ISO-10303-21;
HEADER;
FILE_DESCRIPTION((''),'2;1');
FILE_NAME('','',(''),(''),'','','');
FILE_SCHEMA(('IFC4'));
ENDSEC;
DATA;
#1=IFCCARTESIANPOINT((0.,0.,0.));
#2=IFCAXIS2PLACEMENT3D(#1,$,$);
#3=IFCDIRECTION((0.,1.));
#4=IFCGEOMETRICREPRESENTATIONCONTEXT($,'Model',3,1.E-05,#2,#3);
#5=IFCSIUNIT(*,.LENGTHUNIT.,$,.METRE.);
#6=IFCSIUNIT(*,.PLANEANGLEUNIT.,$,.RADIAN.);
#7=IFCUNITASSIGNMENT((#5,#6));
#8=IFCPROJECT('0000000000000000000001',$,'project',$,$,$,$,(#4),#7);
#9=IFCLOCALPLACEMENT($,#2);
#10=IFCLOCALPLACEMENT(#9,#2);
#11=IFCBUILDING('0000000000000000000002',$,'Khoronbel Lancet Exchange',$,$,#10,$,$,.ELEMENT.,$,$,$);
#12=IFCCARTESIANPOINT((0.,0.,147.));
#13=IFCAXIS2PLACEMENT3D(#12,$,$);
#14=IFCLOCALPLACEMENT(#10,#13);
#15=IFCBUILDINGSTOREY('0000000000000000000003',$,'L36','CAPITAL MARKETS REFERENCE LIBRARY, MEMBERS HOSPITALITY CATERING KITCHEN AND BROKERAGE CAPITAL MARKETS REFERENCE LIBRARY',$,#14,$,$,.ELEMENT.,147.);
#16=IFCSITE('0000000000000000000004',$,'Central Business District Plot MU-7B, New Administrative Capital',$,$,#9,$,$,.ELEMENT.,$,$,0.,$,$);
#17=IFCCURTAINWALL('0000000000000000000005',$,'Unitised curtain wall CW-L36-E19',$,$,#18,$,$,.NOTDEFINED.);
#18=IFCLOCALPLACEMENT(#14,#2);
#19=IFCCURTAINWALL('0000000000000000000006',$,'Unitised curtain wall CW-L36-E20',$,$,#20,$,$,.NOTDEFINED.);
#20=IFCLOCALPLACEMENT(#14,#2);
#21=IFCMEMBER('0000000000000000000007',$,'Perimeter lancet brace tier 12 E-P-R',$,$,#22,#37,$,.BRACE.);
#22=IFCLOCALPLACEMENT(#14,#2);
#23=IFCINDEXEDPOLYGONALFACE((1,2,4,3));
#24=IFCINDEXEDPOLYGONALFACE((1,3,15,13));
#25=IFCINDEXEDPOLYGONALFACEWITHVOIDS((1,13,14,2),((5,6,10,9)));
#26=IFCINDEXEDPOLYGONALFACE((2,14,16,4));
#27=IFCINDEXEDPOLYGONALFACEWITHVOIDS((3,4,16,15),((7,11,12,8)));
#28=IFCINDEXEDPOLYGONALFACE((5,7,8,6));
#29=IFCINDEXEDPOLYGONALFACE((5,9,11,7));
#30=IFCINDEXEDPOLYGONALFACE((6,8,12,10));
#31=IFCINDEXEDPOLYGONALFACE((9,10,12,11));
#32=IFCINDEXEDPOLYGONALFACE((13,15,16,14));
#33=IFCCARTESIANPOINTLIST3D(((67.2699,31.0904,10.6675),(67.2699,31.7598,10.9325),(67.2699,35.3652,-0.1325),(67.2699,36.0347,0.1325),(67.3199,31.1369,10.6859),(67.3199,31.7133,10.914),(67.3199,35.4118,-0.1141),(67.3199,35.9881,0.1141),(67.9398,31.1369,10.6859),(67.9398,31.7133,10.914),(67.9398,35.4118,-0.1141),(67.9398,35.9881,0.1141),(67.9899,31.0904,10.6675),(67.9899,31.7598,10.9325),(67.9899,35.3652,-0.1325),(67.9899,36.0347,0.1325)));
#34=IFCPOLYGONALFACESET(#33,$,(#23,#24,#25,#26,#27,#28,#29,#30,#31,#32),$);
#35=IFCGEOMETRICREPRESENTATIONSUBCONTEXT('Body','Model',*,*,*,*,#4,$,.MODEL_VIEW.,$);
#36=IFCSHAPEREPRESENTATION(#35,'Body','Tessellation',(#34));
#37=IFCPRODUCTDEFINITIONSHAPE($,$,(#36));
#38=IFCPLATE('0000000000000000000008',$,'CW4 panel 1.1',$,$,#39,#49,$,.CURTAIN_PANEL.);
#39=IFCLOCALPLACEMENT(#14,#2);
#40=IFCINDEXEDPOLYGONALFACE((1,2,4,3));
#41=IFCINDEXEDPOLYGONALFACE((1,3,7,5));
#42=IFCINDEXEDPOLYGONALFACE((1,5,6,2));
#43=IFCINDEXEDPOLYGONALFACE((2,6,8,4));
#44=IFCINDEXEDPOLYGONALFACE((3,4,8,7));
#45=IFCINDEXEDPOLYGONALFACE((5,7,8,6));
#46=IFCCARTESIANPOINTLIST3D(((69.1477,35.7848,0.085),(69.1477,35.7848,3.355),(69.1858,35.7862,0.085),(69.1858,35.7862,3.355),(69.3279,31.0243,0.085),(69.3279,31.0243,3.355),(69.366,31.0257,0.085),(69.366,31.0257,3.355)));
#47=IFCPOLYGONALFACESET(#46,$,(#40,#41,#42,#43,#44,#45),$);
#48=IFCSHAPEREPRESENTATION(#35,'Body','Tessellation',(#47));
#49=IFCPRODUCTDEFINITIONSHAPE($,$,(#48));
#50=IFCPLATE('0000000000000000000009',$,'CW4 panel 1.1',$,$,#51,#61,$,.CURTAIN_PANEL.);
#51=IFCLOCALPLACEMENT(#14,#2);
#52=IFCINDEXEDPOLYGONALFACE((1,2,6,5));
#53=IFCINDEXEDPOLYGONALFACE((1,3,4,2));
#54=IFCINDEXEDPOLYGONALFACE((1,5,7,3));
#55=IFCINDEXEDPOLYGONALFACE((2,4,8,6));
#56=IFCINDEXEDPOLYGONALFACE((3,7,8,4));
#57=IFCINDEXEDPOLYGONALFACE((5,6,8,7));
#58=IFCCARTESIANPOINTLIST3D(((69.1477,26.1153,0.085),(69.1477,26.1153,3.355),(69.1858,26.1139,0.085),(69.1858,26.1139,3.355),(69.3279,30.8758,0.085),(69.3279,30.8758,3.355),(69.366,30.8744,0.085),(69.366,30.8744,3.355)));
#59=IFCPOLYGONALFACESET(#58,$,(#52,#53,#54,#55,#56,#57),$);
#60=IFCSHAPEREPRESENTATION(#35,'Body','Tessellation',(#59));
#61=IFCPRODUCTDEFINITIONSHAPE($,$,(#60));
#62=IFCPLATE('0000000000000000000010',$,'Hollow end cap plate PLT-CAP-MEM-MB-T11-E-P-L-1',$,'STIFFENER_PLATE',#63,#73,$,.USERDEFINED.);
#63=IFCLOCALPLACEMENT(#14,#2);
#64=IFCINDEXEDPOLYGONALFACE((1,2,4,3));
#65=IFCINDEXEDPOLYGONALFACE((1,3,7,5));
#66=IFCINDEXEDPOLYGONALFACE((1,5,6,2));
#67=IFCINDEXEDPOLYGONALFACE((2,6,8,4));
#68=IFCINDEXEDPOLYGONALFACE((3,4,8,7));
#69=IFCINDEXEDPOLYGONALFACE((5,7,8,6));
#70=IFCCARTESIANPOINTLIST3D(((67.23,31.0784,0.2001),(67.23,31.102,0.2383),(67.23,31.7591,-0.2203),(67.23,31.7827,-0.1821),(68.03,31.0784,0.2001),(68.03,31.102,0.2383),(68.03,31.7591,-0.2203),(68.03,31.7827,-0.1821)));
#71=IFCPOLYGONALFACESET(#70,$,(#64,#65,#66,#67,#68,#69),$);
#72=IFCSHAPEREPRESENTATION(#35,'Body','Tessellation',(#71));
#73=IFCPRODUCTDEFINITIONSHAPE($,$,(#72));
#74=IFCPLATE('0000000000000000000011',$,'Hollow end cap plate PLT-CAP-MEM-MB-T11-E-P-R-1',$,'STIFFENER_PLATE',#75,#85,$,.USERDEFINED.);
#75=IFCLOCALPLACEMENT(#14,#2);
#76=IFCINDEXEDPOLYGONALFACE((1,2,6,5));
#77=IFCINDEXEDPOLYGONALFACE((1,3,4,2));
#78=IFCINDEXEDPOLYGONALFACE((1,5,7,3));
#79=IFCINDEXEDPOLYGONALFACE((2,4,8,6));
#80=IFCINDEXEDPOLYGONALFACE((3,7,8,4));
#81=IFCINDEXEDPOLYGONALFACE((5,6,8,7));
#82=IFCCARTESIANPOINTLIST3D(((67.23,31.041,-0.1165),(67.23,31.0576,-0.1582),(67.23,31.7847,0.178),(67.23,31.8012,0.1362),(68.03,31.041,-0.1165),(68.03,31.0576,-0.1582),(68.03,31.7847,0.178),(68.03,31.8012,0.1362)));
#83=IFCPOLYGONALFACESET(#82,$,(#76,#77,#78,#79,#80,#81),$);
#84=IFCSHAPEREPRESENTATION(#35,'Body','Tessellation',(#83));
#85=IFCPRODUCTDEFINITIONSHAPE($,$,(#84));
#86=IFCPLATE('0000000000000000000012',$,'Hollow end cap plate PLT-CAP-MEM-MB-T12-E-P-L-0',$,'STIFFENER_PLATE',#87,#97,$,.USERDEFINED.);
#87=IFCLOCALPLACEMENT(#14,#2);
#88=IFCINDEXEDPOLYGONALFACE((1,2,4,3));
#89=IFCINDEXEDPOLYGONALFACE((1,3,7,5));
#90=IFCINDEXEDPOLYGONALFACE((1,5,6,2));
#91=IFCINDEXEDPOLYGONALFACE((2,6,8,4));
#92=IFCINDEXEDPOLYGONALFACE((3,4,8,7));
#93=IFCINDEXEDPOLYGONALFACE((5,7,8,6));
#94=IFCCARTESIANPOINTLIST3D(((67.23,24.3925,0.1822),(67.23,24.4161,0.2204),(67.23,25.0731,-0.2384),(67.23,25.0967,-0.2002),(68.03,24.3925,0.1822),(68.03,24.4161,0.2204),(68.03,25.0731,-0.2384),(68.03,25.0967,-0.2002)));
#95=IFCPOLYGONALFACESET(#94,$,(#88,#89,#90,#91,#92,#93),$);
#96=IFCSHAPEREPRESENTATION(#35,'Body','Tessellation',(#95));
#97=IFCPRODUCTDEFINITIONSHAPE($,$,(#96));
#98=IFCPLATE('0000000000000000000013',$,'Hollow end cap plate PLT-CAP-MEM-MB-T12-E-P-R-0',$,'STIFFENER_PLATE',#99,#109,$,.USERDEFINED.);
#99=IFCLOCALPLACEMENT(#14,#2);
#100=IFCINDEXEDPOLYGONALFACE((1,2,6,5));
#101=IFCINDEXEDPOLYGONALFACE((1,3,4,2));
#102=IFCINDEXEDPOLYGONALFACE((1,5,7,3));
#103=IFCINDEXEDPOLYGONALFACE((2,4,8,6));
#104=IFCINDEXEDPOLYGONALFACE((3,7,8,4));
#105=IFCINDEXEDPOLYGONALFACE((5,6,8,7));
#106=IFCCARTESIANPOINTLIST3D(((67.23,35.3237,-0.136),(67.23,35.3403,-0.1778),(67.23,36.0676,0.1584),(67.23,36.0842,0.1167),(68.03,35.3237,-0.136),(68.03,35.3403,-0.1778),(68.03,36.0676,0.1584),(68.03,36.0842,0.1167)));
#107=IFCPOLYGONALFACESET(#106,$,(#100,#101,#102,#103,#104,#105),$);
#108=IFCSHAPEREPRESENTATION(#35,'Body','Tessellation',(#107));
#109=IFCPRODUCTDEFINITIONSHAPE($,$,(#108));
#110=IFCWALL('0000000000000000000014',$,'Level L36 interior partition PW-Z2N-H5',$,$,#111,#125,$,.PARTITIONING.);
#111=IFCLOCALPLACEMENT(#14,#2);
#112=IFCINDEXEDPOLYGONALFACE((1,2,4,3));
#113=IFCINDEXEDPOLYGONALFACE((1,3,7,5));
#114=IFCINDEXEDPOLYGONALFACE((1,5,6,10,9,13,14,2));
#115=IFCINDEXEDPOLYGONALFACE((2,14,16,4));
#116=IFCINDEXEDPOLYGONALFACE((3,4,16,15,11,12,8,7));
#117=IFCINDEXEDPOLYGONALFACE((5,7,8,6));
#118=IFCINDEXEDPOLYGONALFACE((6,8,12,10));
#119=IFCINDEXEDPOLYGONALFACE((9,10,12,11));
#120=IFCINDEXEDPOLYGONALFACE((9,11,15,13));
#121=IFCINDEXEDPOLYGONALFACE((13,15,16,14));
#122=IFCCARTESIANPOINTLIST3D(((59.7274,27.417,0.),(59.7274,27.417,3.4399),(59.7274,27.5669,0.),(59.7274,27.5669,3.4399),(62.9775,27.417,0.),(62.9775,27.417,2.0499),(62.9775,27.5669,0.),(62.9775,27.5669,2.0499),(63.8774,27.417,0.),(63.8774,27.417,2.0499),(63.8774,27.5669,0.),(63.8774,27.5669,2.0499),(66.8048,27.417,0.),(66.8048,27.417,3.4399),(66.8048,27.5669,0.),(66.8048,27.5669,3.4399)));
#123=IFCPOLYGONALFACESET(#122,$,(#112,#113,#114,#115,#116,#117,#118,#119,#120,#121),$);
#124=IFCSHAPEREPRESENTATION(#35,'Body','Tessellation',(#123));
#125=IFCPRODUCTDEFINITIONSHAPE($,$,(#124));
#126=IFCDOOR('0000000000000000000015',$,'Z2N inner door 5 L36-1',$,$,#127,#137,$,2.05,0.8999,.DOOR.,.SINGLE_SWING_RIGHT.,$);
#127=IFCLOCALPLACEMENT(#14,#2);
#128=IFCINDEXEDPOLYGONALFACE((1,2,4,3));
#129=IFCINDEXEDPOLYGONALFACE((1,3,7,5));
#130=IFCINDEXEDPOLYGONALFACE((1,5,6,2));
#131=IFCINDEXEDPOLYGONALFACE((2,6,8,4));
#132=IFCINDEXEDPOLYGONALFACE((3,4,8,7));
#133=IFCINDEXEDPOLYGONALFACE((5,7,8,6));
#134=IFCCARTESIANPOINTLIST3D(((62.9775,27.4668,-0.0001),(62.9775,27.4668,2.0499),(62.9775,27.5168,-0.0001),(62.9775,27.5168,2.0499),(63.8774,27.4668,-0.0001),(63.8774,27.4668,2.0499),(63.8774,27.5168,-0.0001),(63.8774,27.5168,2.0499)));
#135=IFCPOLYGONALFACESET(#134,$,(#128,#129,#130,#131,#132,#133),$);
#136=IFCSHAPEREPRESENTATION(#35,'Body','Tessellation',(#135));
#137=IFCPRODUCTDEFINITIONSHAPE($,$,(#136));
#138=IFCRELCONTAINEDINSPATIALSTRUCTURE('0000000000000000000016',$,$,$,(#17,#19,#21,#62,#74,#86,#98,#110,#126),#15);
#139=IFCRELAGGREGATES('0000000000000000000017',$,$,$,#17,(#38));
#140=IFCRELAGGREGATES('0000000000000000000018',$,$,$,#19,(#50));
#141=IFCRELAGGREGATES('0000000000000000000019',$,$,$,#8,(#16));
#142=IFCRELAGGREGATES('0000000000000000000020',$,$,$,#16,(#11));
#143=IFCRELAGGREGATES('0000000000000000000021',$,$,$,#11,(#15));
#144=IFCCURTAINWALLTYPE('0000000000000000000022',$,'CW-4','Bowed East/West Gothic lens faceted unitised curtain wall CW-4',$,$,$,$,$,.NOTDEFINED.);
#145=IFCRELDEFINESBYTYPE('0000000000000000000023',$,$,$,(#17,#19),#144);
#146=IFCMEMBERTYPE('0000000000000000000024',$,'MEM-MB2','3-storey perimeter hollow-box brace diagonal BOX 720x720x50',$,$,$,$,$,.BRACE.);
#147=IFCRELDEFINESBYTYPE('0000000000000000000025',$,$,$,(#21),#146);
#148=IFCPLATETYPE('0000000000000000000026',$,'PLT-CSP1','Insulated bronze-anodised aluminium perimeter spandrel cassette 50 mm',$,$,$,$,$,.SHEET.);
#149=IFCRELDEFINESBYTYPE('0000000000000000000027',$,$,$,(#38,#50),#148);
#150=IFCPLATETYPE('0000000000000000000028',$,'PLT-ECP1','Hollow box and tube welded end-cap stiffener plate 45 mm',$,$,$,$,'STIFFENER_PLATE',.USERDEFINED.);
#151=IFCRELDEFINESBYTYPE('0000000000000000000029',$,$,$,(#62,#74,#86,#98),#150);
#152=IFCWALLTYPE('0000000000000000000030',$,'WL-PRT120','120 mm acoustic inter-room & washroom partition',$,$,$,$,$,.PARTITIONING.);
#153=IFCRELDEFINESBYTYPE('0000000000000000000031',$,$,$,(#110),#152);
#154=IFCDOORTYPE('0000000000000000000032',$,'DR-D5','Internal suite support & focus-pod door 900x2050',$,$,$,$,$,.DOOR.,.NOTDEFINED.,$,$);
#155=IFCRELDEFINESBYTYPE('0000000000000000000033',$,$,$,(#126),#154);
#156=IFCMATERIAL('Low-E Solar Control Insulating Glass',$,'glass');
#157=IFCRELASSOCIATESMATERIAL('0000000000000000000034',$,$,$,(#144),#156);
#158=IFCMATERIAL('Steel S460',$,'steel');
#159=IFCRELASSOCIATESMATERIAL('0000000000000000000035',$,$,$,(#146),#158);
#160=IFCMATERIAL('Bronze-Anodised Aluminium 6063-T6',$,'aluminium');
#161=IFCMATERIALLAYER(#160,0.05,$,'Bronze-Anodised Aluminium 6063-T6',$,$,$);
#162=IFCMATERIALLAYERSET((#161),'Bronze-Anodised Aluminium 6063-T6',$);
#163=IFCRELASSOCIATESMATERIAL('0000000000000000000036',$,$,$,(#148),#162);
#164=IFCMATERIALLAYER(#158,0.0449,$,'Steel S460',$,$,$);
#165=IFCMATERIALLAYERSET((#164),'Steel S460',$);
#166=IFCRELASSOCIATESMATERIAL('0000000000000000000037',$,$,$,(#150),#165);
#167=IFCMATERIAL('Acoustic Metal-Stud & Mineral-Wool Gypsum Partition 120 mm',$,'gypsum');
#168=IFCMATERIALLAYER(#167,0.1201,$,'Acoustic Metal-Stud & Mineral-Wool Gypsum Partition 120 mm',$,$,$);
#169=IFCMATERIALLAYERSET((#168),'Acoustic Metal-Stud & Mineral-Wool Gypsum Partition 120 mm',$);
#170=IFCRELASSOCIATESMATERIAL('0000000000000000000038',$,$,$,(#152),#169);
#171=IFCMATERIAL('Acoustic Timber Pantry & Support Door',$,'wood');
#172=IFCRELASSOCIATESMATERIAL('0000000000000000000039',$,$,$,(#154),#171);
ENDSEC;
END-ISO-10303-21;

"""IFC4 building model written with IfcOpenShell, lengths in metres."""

from ifc_helpers import new_model, si_unit, direction, frame, frame_2d, origin, origin_2d, place, context, subcontext, project, spatial, polyline, rectangle, hollow_rectangle, outline, extrude, material, layer, layer_set, material_profile, profile_set, type_object, element, fill, aggregate, save


model = new_model("IFC4")

# Units and contexts
model_context = context("Model", 3, precision=1e-05, world=origin(), true_north=direction((0.0, 1.0)))
body_context = subcontext(model_context, "Body", "Model", "MODEL_VIEW")
ifc_project = project(units=[si_unit("LENGTHUNIT", "METRE"), si_unit("PLANEANGLEUNIT", "RADIAN")], contexts=[model_context])

# Site, building, storey
site_placement = place(None, origin())
site = spatial("IfcSite", under=ifc_project, at=site_placement, Name="Central Business District Plot MU-7B, New Administrative Capital", CompositionType="ELEMENT", RefElevation=0.0)
building_placement = place(site_placement, origin())
building = spatial("IfcBuilding", under=site, at=building_placement, Name="Khoronbel Lancet Exchange", CompositionType="ELEMENT")
storey_placement = place(building_placement, frame((0.0, 0.0, 147.0)))
storey = spatial("IfcBuildingStorey", under=building, at=storey_placement, Name="L36", Description="CAPITAL MARKETS REFERENCE LIBRARY, MEMBERS HOSPITALITY CATERING KITCHEN AND BROKERAGE CAPITAL MARKETS REFERENCE LIBRARY", CompositionType="ELEMENT", Elevation=147.0)

# Shared definitions
ifc_material_1 = material(Name="Steel S460", Category="steel")

# Curtain wall
ifc_material_2 = material(Name="Low-E Solar Control Insulating Glass", Category="glass")
curtain_wall_type = type_object("IfcCurtainWallType", Name="CW-4", Description="Bowed East/West Gothic lens faceted unitised curtain wall CW-4", PredefinedType="NOTDEFINED", material=ifc_material_2)
curtain_wall_1_placement = place(storey_placement, origin())
curtain_wall_1 = element("IfcCurtainWall", 1, at=curtain_wall_1_placement, inside=storey, type_object=curtain_wall_type, Name="Unitised curtain wall CW-L36-E19", PredefinedType="NOTDEFINED")
ifc_material_3 = material(Name="Bronze-Anodised Aluminium 6063-T6", Category="aluminium")

# Curtain wall
curtain_wall_2_placement = place(storey_placement, origin())
curtain_wall_2 = element("IfcCurtainWall", 2, at=curtain_wall_2_placement, inside=storey, type_object=curtain_wall_type, Name="Unitised curtain wall CW-L36-E20", PredefinedType="NOTDEFINED")

# Member
ifc_material_profile_1 = material_profile(ifc_material_1, hollow_rectangle(XDim=0.72, YDim=0.72, WallThickness=0.05, at=origin_2d()), Name="BOX 720x720x50")
ifc_profile_set_1 = profile_set([ifc_material_profile_1], Name="Steel S460")
member_type_1 = type_object("IfcMemberType", Name="MEM-MB2", Description="3-storey perimeter hollow-box brace diagonal BOX 720x720x50", PredefinedType="BRACE", material=ifc_profile_set_1)
member_1_placement = place(storey_placement, frame((67.6299, 35.7, 0.0), z_axis=(0.0, -0.36804, 0.92981), x_axis=(1.0, 0.0, 0.0)))
element("IfcMember", 3, at=member_1_placement, inside=storey, type_object=member_type_1, Name="Perimeter lancet brace tier 12 E-P-R", PredefinedType="BRACE", context=body_context, shape_type="SweptSolid", body=[
    extrude(hollow_rectangle(XDim=0.72, YDim=0.72, WallThickness=0.05, at=origin_2d()), origin(), (0.0, 0.0, 1.0), 11.6152),
])

# Plates
ifc_layer_1 = layer(ifc_material_3, 0.05, Name="Bronze-Anodised Aluminium 6063-T6")
ifc_layer_set_1 = layer_set([ifc_layer_1], Name="Bronze-Anodised Aluminium 6063-T6")
plate_type_1 = type_object("IfcPlateType", Name="PLT-CSP1", Description="Insulated bronze-anodised aluminium perimeter spandrel cassette 50 mm", PredefinedType="SHEET", material=ifc_layer_set_1)
plate_1_placement = place(storey_placement, frame((69.2568, 33.4053, 0.085), z_axis=(0.0, 0.0, 1.0), x_axis=(0.037831, -0.999284, 0.0)))
plate_1 = element("IfcPlate", 4, at=plate_1_placement, type_object=plate_type_1, Name="CW4 panel 1.1", PredefinedType="CURTAIN_PANEL", context=body_context, shape_type="SweptSolid", body=[
    extrude(rectangle(XDim=4.7639, YDim=0.0381, at=origin_2d()), origin(), (0.0, 0.0, 1.0), 3.27),
])
aggregate(curtain_wall_1, [plate_1])
plate_2_placement = place(storey_placement, frame((69.2568, 28.4949, 0.085), z_axis=(0.0, 0.0, 1.0), x_axis=(-0.037831, -0.999284, 0.0)))
plate_2 = element("IfcPlate", 5, at=plate_2_placement, type_object=plate_type_1, Name="CW4 panel 1.1", PredefinedType="CURTAIN_PANEL", context=body_context, shape_type="SweptSolid", body=[
    extrude(rectangle(XDim=4.7639, YDim=0.0381, at=origin_2d()), origin(), (0.0, 0.0, 1.0), 3.27),
])
aggregate(curtain_wall_2, [plate_2])

# Plates
ifc_layer_2 = layer(ifc_material_1, 0.0449, Name="Steel S460")
ifc_layer_set_2 = layer_set([ifc_layer_2], Name="Steel S460")
plate_type_2 = type_object("IfcPlateType", Name="PLT-ECP1", Description="Hollow box and tube welded end-cap stiffener plate 45 mm", ElementType="STIFFENER_PLATE", PredefinedType="USERDEFINED", material=ifc_layer_set_2)
plate_3_placement = place(storey_placement, frame((68.03, 31.7827, -0.1821), z_axis=(0.0, 0.525493, 0.850798), x_axis=(-1.0, 0.0, 0.0)))
element("IfcPlate", 6, at=plate_3_placement, inside=storey, type_object=plate_type_2, Name="Hollow end cap plate PLT-CAP-MEM-MB-T11-E-P-L-1", ObjectType="STIFFENER_PLATE", PredefinedType="USERDEFINED", context=body_context, shape_type="SweptSolid", body=[
    extrude(outline(polyline([(0.0, 0.0), (0.8, 0.0), (0.8, 0.8), (0.0, 0.8), (0.0, 0.0)])), origin(), (0.0, 0.0, -1.0), 0.0449),
])
plate_4_placement = place(storey_placement, frame((67.23, 31.041, -0.1165), z_axis=(0.0, -0.368125, 0.929776), x_axis=(1.0, 0.0, 0.0)))
element("IfcPlate", 7, at=plate_4_placement, inside=storey, type_object=plate_type_2, Name="Hollow end cap plate PLT-CAP-MEM-MB-T11-E-P-R-1", ObjectType="STIFFENER_PLATE", PredefinedType="USERDEFINED", context=body_context, shape_type="SweptSolid", body=[
    extrude(outline(polyline([(0.0, 0.0), (0.8, 0.0), (0.8, 0.7998), (0.0, 0.7998), (0.0, 0.0)])), origin(), (0.0, 0.0, -1.0), 0.0449),
])
for number, where, z_axis, x_axis, name in (
    (8, (68.03, 25.0967, -0.2002), (0.0, 0.525714, 0.850662), (-1.0, 0.0, 0.0), "Hollow end cap plate PLT-CAP-MEM-MB-T12-E-P-L-0"),
    (9, (67.23, 35.3237, -0.136), (0.0, -0.368021, 0.929817), (1.0, 0.0, 0.0), "Hollow end cap plate PLT-CAP-MEM-MB-T12-E-P-R-0"),
):
    element("IfcPlate", number, at=place(storey_placement, frame(where, z_axis=z_axis, x_axis=x_axis)), inside=storey, type_object=plate_type_2, Name=name, ObjectType="STIFFENER_PLATE", PredefinedType="USERDEFINED", context=body_context, shape_type="SweptSolid", body=[
        extrude(outline(polyline([(0.0, 0.0), (0.8, 0.0), (0.8, 0.8), (0.0, 0.8), (0.0, 0.0)])), origin(), (0.0, 0.0, -1.0), 0.0449),
    ])

# Wall, opening, door
ifc_material_4 = material(Name="Acoustic Metal-Stud & Mineral-Wool Gypsum Partition 120 mm", Category="gypsum")
ifc_layer_3 = layer(ifc_material_4, 0.1201, Name="Acoustic Metal-Stud & Mineral-Wool Gypsum Partition 120 mm")
ifc_layer_set_3 = layer_set([ifc_layer_3], Name="Acoustic Metal-Stud & Mineral-Wool Gypsum Partition 120 mm")
wall_type = type_object("IfcWallType", Name="WL-PRT120", Description="120 mm acoustic inter-room & washroom partition", PredefinedType="PARTITIONING", material=ifc_layer_set_3)
wall_placement = place(storey_placement, frame((59.7275, 27.4919, 0.0), z_axis=(0.0, 0.0, 1.0), x_axis=(1.0, 0.0, 0.0)))
wall = element("IfcWall", 10, at=wall_placement, inside=storey, type_object=wall_type, Name="Level L36 interior partition PW-Z2N-H5", PredefinedType="PARTITIONING", context=body_context, shape_type="SweptSolid", body=[
    extrude(rectangle(XDim=7.0774, YDim=0.1499, at=frame_2d((3.5386, 0.0))), origin(), (0.0, 0.0, 1.0), 3.4399),
])
opening_placement = place(wall_placement, frame((3.25, 0.0, 0.0)))
opening = element("IfcOpeningElement", 11, at=opening_placement, cuts=wall, PredefinedType="OPENING", context=body_context, shape_type="SweptSolid", body=[
    extrude(rectangle(XDim=0.8999, YDim=2.05, at=frame_2d((0.45, 1.0249))), frame((0.0, 0.085, 0.0), z_axis=(0.0, -1.0, 0.0), x_axis=(1.0, 0.0, 0.0)), (0.0, 0.0, 1.0), 0.1699),
])
ifc_material_5 = material(Name="Acoustic Timber Pantry & Support Door", Category="wood")
door_type = type_object("IfcDoorType", Name="DR-D5", Description="Internal suite support & focus-pod door 900x2050", OperationType="NOTDEFINED", PredefinedType="DOOR", material=ifc_material_5)
door_placement = place(opening_placement, origin())
door = element("IfcDoor", 12, at=door_placement, inside=storey, type_object=door_type, Name="Z2N inner door 5 L36-1", OperationType="SINGLE_SWING_RIGHT", OverallHeight=2.05, OverallWidth=0.8999, PredefinedType="DOOR", context=body_context, shape_type="SweptSolid", body=[
    extrude(rectangle(XDim=0.8999, YDim=2.05, at=frame_2d((0.45, 1.0249))), frame((0.0, 0.0249, 0.0), z_axis=(0.0, -1.0, 0.0), x_axis=(1.0, 0.0, 0.0)), (0.0, 0.0, 1.0), 0.05),
])
fill(opening, door)

save(model, "model.ifc")
